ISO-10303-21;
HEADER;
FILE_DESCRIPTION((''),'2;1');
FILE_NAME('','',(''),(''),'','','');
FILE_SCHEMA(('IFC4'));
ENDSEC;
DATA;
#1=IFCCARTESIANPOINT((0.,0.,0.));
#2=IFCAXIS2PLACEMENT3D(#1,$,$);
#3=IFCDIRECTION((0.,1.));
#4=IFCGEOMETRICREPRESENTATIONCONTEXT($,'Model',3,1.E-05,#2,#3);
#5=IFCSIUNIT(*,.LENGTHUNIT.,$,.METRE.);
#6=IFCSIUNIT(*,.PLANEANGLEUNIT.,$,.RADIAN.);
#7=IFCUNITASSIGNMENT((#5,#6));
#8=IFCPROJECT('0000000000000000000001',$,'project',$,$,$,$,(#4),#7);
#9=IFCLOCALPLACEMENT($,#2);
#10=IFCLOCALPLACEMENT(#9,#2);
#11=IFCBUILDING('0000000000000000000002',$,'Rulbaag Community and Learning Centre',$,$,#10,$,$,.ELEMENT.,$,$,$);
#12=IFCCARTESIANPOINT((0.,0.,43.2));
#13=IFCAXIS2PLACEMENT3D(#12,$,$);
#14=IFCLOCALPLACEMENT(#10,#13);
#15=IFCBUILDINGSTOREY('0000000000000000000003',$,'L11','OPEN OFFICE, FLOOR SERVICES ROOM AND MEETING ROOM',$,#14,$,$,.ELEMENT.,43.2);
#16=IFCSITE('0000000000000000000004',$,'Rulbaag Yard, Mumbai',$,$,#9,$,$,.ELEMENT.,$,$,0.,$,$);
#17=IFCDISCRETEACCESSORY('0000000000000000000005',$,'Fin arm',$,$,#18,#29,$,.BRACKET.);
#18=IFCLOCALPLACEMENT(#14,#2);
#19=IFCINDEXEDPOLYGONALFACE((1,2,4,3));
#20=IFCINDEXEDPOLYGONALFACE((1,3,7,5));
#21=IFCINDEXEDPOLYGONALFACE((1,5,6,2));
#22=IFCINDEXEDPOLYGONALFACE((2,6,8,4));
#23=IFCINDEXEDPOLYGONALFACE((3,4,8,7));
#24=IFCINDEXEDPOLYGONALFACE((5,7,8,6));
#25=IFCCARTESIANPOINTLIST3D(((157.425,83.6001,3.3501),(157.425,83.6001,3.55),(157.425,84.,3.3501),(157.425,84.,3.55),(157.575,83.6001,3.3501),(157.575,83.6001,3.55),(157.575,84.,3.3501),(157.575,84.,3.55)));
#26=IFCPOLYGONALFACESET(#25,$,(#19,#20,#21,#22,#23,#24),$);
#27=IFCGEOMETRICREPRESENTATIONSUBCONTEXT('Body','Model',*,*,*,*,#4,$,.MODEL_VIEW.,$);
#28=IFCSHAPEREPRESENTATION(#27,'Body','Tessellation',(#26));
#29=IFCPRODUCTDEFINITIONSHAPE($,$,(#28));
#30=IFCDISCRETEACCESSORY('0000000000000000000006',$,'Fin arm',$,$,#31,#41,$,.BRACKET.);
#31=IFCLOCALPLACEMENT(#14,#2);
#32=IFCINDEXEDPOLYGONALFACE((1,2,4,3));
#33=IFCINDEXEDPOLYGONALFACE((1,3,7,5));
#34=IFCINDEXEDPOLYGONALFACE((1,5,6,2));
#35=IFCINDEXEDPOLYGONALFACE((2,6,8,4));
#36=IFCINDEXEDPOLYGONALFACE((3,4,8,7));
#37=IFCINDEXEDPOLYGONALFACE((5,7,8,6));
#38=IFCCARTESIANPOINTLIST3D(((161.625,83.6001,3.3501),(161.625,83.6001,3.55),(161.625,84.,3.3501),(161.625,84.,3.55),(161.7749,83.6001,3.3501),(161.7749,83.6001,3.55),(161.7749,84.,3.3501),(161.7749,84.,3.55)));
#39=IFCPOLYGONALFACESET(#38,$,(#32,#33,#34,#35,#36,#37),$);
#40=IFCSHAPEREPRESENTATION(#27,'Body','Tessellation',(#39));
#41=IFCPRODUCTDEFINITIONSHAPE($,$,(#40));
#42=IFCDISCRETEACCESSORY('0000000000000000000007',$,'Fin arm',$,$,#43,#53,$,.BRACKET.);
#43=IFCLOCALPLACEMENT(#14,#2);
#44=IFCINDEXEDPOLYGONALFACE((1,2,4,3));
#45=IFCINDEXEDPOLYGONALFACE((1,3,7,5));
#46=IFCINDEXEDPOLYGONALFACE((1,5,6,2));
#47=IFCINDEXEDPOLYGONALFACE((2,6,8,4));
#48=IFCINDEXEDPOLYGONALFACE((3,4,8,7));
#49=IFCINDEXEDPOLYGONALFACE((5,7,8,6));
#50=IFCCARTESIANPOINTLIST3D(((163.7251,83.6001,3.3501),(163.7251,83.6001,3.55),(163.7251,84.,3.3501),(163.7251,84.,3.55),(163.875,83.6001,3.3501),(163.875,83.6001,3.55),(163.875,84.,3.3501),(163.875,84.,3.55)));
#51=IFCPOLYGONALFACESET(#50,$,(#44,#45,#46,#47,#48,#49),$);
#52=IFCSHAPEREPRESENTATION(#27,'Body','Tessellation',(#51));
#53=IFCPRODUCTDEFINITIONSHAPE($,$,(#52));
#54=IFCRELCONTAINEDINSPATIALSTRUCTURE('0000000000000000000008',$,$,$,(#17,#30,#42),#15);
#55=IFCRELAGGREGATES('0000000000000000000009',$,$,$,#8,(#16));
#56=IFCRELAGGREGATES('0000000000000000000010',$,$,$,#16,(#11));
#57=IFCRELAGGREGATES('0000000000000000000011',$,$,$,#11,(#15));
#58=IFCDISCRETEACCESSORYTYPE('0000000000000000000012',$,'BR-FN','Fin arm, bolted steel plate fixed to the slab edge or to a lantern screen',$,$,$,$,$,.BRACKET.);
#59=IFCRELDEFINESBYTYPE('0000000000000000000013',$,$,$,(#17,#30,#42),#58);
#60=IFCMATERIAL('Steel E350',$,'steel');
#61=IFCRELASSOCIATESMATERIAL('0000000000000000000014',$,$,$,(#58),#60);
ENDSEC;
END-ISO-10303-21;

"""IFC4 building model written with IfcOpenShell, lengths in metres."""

from ifc_helpers import new_model, si_unit, direction, frame, origin, origin_2d, place, context, subcontext, project, spatial, rectangle, extrude, material, type_object, element, save


model = new_model("IFC4")

# Units and contexts
model_context = context("Model", 3, precision=1e-05, world=origin(), true_north=direction((0.0, 1.0)))
body_context = subcontext(model_context, "Body", "Model", "MODEL_VIEW")
ifc_project = project(units=[si_unit("LENGTHUNIT", "METRE"), si_unit("PLANEANGLEUNIT", "RADIAN")], contexts=[model_context])

# Site, building, storey
site_placement = place(None, origin())
site = spatial("IfcSite", under=ifc_project, at=site_placement, Name="Rulbaag Yard, Mumbai", CompositionType="ELEMENT", RefElevation=0.0)
building_placement = place(site_placement, origin())
building = spatial("IfcBuilding", under=site, at=building_placement, Name="Rulbaag Community and Learning Centre", CompositionType="ELEMENT")
storey_placement = place(building_placement, frame((0.0, 0.0, 43.2)))
storey = spatial("IfcBuildingStorey", under=building, at=storey_placement, Name="L11", Description="OPEN OFFICE, FLOOR SERVICES ROOM AND MEETING ROOM", CompositionType="ELEMENT", Elevation=43.2)

# Discrete accessories
ifc_material_1 = material(Name="Steel E350", Category="steel")
discrete_accessory_type = type_object("IfcDiscreteAccessoryType", Name="BR-FN", Description="Fin arm, bolted steel plate fixed to the slab edge or to a lantern screen", PredefinedType="BRACKET", material=ifc_material_1)
for number, where, z_axis, x_axis, name in (
    (1, (157.5, 83.8, 3.3501), (0.0, 0.0, 1.0), (1.0, 0.0, 0.0), "Fin arm"),
    (2, (161.7, 83.8, 3.3501), (0.0, 0.0, 1.0), (1.0, 0.0, 0.0), "Fin arm"),
    (3, (163.8, 83.8, 3.3501), (0.0, 0.0, 1.0), (1.0, 0.0, 0.0), "Fin arm"),
):
    element("IfcDiscreteAccessory", number, at=place(storey_placement, frame(where, z_axis=z_axis, x_axis=x_axis)), inside=storey, type_object=discrete_accessory_type, Name=name, PredefinedType="BRACKET", context=body_context, shape_type="SweptSolid", body=[
        extrude(rectangle(XDim=0.1499, YDim=0.3999, at=origin_2d()), origin(), (0.0, 0.0, 1.0), 0.2),
    ])

save(model, "model.ifc")
